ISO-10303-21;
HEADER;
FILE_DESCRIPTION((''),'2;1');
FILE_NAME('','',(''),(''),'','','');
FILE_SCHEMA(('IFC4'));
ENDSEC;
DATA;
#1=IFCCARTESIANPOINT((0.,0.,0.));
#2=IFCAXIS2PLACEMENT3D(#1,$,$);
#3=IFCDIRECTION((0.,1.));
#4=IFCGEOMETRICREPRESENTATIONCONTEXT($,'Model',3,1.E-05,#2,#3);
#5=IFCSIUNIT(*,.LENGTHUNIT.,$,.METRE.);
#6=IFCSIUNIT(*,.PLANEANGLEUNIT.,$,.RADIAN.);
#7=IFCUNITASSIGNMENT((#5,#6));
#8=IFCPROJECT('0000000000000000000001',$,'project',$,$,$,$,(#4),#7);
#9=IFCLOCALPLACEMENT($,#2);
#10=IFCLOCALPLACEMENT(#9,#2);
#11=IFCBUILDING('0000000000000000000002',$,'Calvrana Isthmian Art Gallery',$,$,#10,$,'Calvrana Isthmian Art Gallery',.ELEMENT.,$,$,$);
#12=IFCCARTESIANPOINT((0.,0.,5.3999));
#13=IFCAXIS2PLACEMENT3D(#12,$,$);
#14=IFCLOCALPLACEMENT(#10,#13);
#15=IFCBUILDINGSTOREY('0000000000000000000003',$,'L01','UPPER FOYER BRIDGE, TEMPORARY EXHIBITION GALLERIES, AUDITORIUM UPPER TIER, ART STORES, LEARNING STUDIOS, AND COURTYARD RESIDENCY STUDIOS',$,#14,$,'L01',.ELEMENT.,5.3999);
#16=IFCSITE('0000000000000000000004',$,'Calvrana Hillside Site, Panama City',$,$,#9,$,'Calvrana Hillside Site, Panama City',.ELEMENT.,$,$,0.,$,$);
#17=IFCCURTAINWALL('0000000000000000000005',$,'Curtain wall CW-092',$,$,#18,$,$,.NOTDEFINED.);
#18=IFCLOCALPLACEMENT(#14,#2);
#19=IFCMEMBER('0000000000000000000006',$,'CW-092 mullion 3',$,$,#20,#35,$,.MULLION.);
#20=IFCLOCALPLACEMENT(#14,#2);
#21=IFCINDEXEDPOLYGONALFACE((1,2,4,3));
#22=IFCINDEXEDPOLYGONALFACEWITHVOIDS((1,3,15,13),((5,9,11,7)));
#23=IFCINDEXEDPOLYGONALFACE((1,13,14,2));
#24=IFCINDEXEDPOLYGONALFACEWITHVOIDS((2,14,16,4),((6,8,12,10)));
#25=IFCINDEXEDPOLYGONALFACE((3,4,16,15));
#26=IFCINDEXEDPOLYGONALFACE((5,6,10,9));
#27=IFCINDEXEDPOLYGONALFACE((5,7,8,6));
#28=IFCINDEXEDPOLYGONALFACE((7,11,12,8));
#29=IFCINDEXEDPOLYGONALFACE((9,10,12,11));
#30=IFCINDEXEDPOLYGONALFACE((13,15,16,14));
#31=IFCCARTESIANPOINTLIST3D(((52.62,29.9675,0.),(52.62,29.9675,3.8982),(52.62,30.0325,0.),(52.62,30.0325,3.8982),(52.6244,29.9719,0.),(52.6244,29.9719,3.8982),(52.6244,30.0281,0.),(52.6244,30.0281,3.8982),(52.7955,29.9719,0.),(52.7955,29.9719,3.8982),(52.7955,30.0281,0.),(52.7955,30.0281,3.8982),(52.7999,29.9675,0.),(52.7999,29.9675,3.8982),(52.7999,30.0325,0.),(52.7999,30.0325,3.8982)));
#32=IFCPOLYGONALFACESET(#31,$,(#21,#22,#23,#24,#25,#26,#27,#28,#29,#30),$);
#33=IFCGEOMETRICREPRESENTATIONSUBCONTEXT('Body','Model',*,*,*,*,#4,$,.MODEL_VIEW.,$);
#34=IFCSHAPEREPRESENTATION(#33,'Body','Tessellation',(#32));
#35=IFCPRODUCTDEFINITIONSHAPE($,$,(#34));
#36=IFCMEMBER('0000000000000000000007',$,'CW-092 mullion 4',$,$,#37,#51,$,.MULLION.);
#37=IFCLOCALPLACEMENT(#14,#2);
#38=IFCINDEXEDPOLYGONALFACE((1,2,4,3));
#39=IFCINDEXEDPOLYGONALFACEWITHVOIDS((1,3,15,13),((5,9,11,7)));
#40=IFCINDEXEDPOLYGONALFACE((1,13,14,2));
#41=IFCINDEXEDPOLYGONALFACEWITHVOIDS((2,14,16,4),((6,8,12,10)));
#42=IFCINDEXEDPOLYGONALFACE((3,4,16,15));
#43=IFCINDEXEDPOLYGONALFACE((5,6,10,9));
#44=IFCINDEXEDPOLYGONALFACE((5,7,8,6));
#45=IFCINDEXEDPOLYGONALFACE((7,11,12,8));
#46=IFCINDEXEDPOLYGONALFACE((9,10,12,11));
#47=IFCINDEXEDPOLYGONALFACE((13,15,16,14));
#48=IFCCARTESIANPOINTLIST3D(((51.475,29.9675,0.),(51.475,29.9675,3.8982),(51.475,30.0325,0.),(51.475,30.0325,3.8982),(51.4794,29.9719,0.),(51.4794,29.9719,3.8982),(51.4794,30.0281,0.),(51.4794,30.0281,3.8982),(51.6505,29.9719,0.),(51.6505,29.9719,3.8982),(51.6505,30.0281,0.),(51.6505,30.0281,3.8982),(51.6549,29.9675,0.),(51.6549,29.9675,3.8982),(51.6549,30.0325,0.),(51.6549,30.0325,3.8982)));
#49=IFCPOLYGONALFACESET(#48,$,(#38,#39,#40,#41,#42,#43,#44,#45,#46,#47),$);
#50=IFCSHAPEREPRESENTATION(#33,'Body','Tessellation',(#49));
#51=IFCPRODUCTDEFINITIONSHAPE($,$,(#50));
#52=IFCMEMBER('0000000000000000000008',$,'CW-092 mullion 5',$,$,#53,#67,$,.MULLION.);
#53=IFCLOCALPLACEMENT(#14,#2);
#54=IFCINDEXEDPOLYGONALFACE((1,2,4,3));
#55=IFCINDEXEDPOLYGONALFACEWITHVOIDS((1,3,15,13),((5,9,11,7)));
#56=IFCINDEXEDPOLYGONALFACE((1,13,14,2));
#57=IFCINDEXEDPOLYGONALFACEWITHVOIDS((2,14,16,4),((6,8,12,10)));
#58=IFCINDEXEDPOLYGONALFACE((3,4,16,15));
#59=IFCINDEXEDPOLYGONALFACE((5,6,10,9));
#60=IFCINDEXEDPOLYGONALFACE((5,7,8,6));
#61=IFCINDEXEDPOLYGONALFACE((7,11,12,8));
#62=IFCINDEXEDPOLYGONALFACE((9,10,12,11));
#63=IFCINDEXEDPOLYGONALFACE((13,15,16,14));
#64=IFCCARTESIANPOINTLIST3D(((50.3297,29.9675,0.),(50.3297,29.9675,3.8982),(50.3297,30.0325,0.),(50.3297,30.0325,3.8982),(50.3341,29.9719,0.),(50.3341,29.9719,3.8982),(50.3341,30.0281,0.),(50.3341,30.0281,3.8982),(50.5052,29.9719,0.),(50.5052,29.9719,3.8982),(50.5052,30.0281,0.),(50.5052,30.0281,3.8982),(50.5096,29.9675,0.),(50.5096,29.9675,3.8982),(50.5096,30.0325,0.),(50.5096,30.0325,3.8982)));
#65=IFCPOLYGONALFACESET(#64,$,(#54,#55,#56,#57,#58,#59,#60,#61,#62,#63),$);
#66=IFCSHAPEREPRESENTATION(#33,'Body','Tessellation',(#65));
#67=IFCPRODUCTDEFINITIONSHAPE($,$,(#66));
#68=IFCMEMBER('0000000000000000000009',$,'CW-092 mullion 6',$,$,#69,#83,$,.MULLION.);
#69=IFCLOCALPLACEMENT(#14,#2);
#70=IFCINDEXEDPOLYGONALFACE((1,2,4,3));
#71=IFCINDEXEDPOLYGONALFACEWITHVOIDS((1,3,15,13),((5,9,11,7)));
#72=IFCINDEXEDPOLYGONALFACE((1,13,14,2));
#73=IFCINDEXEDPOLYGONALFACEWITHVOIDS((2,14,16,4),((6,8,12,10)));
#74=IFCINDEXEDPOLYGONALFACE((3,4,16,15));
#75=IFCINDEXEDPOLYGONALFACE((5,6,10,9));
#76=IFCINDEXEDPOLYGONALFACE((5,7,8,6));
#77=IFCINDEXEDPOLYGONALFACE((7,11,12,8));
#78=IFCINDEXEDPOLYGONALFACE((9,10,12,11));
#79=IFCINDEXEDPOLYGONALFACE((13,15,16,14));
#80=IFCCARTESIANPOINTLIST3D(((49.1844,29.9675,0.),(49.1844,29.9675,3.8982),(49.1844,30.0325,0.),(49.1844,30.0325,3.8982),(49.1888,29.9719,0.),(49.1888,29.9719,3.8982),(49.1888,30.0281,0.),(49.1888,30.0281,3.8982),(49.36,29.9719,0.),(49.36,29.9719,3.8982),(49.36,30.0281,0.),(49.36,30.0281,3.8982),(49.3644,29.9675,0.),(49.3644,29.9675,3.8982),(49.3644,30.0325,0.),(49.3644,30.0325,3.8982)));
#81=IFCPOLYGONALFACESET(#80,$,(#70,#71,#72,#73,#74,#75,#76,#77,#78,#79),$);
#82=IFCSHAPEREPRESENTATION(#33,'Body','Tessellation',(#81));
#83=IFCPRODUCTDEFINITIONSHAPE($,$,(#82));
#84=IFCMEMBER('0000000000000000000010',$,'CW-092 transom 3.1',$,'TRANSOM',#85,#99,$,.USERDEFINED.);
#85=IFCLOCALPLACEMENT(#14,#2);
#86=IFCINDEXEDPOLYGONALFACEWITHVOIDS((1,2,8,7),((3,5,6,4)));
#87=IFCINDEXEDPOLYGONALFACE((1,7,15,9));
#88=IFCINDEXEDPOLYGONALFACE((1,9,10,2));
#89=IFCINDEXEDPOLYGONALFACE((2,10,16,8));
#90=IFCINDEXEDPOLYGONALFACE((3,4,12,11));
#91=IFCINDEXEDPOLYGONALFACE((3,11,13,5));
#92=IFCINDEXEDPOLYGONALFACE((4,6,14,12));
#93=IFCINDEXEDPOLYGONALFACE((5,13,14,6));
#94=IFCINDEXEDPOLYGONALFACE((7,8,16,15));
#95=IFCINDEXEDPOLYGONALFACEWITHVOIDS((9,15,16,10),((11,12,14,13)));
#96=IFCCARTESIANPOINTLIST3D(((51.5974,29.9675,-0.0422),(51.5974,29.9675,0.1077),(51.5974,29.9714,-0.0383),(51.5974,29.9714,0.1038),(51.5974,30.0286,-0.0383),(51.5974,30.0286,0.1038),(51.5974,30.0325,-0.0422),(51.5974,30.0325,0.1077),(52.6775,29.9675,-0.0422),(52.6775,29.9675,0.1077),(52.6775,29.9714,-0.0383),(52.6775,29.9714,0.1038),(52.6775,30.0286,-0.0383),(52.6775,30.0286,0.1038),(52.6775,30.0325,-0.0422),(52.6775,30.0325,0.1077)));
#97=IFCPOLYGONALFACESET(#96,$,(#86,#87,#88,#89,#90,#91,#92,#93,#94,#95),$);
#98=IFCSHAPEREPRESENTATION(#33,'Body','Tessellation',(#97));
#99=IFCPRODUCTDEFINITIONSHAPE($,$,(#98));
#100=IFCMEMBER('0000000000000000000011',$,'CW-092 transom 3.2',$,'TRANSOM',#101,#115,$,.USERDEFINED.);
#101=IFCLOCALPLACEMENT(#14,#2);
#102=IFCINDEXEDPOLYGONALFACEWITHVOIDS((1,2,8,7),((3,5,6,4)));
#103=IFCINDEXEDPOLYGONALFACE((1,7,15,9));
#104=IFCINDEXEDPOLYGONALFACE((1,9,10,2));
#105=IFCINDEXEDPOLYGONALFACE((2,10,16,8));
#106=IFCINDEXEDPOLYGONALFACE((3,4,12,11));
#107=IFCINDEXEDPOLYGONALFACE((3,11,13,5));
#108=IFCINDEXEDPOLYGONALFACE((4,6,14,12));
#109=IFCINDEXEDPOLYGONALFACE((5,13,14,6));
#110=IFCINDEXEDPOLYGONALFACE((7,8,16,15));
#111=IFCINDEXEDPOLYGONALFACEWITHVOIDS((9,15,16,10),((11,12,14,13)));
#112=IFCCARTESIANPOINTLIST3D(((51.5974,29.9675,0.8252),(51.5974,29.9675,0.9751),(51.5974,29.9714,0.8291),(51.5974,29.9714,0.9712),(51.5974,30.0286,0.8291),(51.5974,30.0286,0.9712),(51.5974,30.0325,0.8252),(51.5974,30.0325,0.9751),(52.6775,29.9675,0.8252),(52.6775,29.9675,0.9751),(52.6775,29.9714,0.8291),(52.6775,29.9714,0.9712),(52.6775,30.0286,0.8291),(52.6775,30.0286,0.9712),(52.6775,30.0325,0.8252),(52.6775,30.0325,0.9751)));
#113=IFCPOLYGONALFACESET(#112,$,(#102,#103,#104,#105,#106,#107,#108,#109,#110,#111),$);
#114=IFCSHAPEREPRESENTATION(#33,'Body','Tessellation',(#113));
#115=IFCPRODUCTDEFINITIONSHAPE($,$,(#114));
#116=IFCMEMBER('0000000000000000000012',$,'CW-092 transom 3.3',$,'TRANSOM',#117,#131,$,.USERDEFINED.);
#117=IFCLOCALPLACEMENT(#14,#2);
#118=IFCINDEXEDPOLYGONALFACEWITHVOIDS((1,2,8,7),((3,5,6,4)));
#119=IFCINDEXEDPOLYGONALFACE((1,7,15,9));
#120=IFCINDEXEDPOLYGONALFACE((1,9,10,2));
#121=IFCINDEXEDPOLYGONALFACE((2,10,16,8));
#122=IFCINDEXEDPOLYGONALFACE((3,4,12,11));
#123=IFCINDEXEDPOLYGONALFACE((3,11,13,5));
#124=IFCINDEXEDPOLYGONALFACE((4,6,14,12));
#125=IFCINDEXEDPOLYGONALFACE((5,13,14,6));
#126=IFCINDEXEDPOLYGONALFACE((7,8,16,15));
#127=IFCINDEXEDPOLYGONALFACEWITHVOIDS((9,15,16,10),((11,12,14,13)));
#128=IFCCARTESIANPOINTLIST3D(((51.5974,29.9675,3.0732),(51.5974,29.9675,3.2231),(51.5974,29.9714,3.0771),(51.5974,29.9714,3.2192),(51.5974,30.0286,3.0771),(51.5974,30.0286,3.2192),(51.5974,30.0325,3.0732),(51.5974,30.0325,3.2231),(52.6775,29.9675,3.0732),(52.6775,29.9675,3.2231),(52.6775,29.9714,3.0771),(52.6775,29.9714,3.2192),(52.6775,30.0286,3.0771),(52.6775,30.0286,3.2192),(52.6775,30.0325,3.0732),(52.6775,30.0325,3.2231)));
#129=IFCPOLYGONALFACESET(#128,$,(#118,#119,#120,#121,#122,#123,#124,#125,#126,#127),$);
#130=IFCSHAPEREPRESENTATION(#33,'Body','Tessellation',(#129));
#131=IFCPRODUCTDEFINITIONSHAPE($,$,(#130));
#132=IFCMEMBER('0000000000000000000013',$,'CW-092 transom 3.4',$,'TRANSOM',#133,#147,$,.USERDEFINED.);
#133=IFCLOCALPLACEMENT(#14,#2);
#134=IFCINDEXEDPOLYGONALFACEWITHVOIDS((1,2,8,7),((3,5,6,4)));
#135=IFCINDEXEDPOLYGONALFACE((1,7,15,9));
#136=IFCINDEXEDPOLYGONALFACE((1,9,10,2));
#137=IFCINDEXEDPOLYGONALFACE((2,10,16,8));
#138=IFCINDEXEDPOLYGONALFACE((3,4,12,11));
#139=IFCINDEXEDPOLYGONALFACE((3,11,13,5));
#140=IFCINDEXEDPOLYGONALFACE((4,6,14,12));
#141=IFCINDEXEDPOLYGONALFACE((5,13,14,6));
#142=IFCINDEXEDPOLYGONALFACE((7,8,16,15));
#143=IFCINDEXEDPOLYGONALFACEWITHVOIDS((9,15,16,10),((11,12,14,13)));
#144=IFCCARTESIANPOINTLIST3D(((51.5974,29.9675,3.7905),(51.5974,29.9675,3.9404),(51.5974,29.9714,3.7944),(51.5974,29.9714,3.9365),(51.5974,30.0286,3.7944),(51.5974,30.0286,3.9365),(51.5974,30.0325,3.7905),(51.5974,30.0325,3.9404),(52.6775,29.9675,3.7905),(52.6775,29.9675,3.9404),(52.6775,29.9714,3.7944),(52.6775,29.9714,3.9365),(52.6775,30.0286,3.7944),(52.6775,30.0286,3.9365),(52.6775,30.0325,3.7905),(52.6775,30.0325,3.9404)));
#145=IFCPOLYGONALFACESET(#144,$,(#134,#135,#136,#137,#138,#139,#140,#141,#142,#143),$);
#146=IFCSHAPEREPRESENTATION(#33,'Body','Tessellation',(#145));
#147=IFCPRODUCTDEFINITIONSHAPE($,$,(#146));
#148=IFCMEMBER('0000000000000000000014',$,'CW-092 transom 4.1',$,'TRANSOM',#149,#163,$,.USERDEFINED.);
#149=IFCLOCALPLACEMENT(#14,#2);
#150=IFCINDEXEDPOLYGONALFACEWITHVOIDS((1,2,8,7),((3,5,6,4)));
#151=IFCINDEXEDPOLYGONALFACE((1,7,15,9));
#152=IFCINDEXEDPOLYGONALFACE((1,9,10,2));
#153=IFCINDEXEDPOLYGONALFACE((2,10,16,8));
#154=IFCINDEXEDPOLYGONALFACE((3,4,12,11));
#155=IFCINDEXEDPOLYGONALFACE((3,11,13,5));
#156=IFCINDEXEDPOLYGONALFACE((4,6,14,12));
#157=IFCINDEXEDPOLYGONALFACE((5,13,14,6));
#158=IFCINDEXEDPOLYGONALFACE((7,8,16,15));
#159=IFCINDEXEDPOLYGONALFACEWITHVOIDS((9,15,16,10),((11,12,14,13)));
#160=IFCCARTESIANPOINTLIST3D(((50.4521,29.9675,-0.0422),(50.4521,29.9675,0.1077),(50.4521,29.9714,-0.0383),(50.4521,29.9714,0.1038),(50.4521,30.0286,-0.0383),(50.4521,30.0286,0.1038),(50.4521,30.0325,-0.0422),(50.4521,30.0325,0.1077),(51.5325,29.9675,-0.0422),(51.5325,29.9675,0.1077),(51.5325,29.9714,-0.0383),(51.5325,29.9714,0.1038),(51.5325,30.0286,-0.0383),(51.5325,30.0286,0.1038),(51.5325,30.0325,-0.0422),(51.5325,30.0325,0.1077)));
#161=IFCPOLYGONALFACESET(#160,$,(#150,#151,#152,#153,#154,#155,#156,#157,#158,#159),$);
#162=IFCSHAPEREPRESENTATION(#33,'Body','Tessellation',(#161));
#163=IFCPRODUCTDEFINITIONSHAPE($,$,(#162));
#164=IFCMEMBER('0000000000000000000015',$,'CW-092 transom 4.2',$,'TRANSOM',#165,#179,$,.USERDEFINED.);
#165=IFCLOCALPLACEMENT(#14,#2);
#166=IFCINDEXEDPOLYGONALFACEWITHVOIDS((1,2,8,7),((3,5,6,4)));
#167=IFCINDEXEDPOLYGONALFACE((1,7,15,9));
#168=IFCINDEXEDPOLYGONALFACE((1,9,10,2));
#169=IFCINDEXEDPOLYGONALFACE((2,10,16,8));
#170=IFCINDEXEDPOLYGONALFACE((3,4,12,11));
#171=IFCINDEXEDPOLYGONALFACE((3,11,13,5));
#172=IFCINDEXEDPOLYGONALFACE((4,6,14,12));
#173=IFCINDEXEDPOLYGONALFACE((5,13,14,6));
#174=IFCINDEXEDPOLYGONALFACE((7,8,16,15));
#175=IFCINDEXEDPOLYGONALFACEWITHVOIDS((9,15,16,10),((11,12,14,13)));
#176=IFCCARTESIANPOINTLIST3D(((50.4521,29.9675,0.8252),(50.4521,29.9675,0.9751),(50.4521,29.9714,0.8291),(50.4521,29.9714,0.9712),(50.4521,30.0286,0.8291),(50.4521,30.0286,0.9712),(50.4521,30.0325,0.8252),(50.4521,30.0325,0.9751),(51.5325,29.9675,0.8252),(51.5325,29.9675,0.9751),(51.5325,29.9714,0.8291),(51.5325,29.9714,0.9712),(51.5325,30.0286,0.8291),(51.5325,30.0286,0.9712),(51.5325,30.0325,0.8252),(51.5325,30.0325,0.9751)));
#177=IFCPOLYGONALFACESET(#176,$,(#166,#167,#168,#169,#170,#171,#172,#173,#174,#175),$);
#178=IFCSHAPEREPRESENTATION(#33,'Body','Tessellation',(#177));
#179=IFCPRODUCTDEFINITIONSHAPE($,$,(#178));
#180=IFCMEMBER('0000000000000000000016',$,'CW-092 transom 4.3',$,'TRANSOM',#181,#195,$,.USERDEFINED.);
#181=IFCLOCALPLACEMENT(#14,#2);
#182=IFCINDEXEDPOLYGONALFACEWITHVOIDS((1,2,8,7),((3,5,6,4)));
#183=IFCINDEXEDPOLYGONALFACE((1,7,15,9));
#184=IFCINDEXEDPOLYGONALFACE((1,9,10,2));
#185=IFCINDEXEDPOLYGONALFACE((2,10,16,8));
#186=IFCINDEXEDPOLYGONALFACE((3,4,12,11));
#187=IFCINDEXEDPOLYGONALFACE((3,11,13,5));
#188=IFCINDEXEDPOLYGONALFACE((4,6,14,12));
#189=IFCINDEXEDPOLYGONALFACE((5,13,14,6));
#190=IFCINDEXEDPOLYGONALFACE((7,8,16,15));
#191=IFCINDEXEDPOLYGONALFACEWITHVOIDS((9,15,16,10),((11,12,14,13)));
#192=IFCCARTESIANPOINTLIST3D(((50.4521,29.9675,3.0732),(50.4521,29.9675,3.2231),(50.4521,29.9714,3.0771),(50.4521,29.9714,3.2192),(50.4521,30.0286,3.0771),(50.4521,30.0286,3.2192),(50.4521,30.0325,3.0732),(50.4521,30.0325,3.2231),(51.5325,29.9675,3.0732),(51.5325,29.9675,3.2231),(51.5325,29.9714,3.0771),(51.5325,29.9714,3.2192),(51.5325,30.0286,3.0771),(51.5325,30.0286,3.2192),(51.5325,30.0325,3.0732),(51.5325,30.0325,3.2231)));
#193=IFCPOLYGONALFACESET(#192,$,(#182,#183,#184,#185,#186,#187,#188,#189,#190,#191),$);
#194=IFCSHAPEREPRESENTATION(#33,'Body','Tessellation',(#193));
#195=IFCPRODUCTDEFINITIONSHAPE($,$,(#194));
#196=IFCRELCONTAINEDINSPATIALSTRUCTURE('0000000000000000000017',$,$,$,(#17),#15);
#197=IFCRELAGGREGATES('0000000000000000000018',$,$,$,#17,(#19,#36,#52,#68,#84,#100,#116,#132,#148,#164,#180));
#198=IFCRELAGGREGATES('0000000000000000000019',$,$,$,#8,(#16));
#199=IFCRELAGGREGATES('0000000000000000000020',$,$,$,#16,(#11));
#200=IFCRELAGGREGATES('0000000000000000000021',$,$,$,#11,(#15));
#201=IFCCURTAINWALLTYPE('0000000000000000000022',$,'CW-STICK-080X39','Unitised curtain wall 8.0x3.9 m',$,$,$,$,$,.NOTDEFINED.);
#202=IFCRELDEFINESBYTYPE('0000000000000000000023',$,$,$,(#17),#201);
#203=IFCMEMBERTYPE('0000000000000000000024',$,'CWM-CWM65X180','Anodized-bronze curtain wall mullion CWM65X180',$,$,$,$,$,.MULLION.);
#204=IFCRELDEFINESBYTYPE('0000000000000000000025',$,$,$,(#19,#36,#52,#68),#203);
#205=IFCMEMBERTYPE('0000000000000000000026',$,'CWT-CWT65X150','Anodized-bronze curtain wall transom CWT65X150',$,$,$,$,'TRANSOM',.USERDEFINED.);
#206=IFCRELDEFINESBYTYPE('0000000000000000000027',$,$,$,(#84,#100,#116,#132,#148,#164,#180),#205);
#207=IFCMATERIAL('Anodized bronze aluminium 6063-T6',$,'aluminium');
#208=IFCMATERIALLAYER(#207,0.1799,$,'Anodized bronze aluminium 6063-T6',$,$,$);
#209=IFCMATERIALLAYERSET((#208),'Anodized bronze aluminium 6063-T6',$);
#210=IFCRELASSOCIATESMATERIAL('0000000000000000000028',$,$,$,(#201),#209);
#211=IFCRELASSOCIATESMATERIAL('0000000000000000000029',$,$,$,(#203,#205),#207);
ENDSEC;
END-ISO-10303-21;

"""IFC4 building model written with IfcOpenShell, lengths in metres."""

from ifc_helpers import new_model, si_unit, direction, frame, origin, origin_2d, place, context, subcontext, project, spatial, hollow_rectangle, extrude, material, layer, layer_set, material_profile, profile_set, type_object, element, aggregate, save


model = new_model("IFC4")

# Units and contexts
model_context = context("Model", 3, precision=1e-05, world=origin(), true_north=direction((0.0, 1.0)))
body_context = subcontext(model_context, "Body", "Model", "MODEL_VIEW")
ifc_project = project(units=[si_unit("LENGTHUNIT", "METRE"), si_unit("PLANEANGLEUNIT", "RADIAN")], contexts=[model_context])

# Site, building, storey
site_placement = place(None, origin())
site = spatial("IfcSite", under=ifc_project, at=site_placement, Name="Calvrana Hillside Site, Panama City", LongName="Calvrana Hillside Site, Panama City", CompositionType="ELEMENT", RefElevation=0.0)
building_placement = place(site_placement, origin())
building = spatial("IfcBuilding", under=site, at=building_placement, Name="Calvrana Isthmian Art Gallery", LongName="Calvrana Isthmian Art Gallery", CompositionType="ELEMENT")
storey_placement = place(building_placement, frame((0.0, 0.0, 5.3999)))
storey = spatial("IfcBuildingStorey", under=building, at=storey_placement, Name="L01", Description="UPPER FOYER BRIDGE, TEMPORARY EXHIBITION GALLERIES, AUDITORIUM UPPER TIER, ART STORES, LEARNING STUDIOS, AND COURTYARD RESIDENCY STUDIOS", LongName="L01", CompositionType="ELEMENT", Elevation=5.3999)

# Curtain wall, members
ifc_material_1 = material(Name="Anodized bronze aluminium 6063-T6", Category="aluminium")
ifc_layer_1 = layer(ifc_material_1, 0.1799, Name="Anodized bronze aluminium 6063-T6")
ifc_layer_set_1 = layer_set([ifc_layer_1], Name="Anodized bronze aluminium 6063-T6")
curtain_wall_type = type_object("IfcCurtainWallType", Name="CW-STICK-080X39", Description="Unitised curtain wall 8.0x3.9 m", PredefinedType="NOTDEFINED", material=ifc_layer_set_1)
curtain_wall_placement = place(storey_placement, origin())
curtain_wall = element("IfcCurtainWall", 1, at=curtain_wall_placement, inside=storey, type_object=curtain_wall_type, Name="Curtain wall CW-092", PredefinedType="NOTDEFINED")
ifc_material_profile_1 = material_profile(ifc_material_1, hollow_rectangle(XDim=0.0649, YDim=0.1799, WallThickness=0.0044, at=origin_2d()), Name="CWM65X180")
ifc_profile_set_1 = profile_set([ifc_material_profile_1], Name="Anodized bronze aluminium 6063-T6")
member_type_1 = type_object("IfcMemberType", Name="CWM-CWM65X180", Description="Anodized-bronze curtain wall mullion CWM65X180", PredefinedType="MULLION", material=ifc_profile_set_1)
member_1_placement = place(storey_placement, frame((52.71, 30.0, 0.0), z_axis=(0.0, 0.0, 1.0), x_axis=(0.0, -1.0, 0.0)))
member_1 = element("IfcMember", 2, at=member_1_placement, type_object=member_type_1, Name="CW-092 mullion 3", PredefinedType="MULLION", context=body_context, shape_type="SweptSolid", body=[
    extrude(hollow_rectangle(XDim=0.0649, YDim=0.1799, WallThickness=0.0044, at=origin_2d()), origin(), (0.0, 0.0, 1.0), 3.8982),
])
member_2_placement = place(storey_placement, frame((51.5649, 30.0, 0.0), z_axis=(0.0, 0.0, 1.0), x_axis=(0.0, -1.0, 0.0)))
member_2 = element("IfcMember", 3, at=member_2_placement, type_object=member_type_1, Name="CW-092 mullion 4", PredefinedType="MULLION", context=body_context, shape_type="SweptSolid", body=[
    extrude(hollow_rectangle(XDim=0.0649, YDim=0.1799, WallThickness=0.0044, at=origin_2d()), origin(), (0.0, 0.0, 1.0), 3.8982),
])
member_3_placement = place(storey_placement, frame((50.4197, 30.0, 0.0), z_axis=(0.0, 0.0, 1.0), x_axis=(0.0, -1.0, 0.0)))
member_3 = element("IfcMember", 4, at=member_3_placement, type_object=member_type_1, Name="CW-092 mullion 5", PredefinedType="MULLION", context=body_context, shape_type="SweptSolid", body=[
    extrude(hollow_rectangle(XDim=0.0649, YDim=0.1799, WallThickness=0.0044, at=origin_2d()), origin(), (0.0, 0.0, 1.0), 3.8982),
])
member_4_placement = place(storey_placement, frame((49.2744, 30.0, 0.0), z_axis=(0.0, 0.0, 1.0), x_axis=(0.0, -1.0, 0.0)))
member_4 = element("IfcMember", 5, at=member_4_placement, type_object=member_type_1, Name="CW-092 mullion 6", PredefinedType="MULLION", context=body_context, shape_type="SweptSolid", body=[
    extrude(hollow_rectangle(XDim=0.0649, YDim=0.1799, WallThickness=0.0044, at=origin_2d()), origin(), (0.0, 0.0, 1.0), 3.8982),
])
ifc_material_profile_2 = material_profile(ifc_material_1, hollow_rectangle(XDim=0.0649, YDim=0.1499, WallThickness=0.0039, at=origin_2d()), Name="CWT65X150")
ifc_profile_set_2 = profile_set([ifc_material_profile_2], Name="Anodized bronze aluminium 6063-T6")
member_type_2 = type_object("IfcMemberType", Name="CWT-CWT65X150", Description="Anodized-bronze curtain wall transom CWT65X150", ElementType="TRANSOM", PredefinedType="USERDEFINED", material=ifc_profile_set_2)
member_5_placement = place(storey_placement, frame((52.6775, 30.0, 0.0327), z_axis=(-1.0, 0.0, 0.0), x_axis=(0.0, -1.0, 0.0)))
member_5 = element("IfcMember", 6, at=member_5_placement, type_object=member_type_2, Name="CW-092 transom 3.1", ObjectType="TRANSOM", PredefinedType="USERDEFINED", context=body_context, shape_type="SweptSolid", body=[
    extrude(hollow_rectangle(XDim=0.0649, YDim=0.1499, WallThickness=0.0039, at=origin_2d()), origin(), (0.0, 0.0, 1.0), 1.0801),
])
member_6_placement = place(storey_placement, frame((52.6775, 30.0, 0.9001), z_axis=(-1.0, 0.0, 0.0), x_axis=(0.0, -1.0, 0.0)))
member_6 = element("IfcMember", 7, at=member_6_placement, type_object=member_type_2, Name="CW-092 transom 3.2", ObjectType="TRANSOM", PredefinedType="USERDEFINED", context=body_context, shape_type="SweptSolid", body=[
    extrude(hollow_rectangle(XDim=0.0649, YDim=0.1499, WallThickness=0.0039, at=origin_2d()), origin(), (0.0, 0.0, 1.0), 1.0801),
])
member_7_placement = place(storey_placement, frame((52.6775, 30.0, 3.1482), z_axis=(-1.0, 0.0, 0.0), x_axis=(0.0, -1.0, 0.0)))
member_7 = element("IfcMember", 8, at=member_7_placement, type_object=member_type_2, Name="CW-092 transom 3.3", ObjectType="TRANSOM", PredefinedType="USERDEFINED", context=body_context, shape_type="SweptSolid", body=[
    extrude(hollow_rectangle(XDim=0.0649, YDim=0.1499, WallThickness=0.0039, at=origin_2d()), origin(), (0.0, 0.0, 1.0), 1.0801),
])
member_8_placement = place(storey_placement, frame((52.6775, 30.0, 3.8655), z_axis=(-1.0, 0.0, 0.0), x_axis=(0.0, -1.0, 0.0)))
member_8 = element("IfcMember", 9, at=member_8_placement, type_object=member_type_2, Name="CW-092 transom 3.4", ObjectType="TRANSOM", PredefinedType="USERDEFINED", context=body_context, shape_type="SweptSolid", body=[
    extrude(hollow_rectangle(XDim=0.0649, YDim=0.1499, WallThickness=0.0039, at=origin_2d()), origin(), (0.0, 0.0, 1.0), 1.0801),
])
member_9_placement = place(storey_placement, frame((51.5325, 30.0, 0.0327), z_axis=(-1.0, 0.0, 0.0), x_axis=(0.0, -1.0, 0.0)))
member_9 = element("IfcMember", 10, at=member_9_placement, type_object=member_type_2, Name="CW-092 transom 4.1", ObjectType="TRANSOM", PredefinedType="USERDEFINED", context=body_context, shape_type="SweptSolid", body=[
    extrude(hollow_rectangle(XDim=0.0649, YDim=0.1499, WallThickness=0.0039, at=origin_2d()), origin(), (0.0, 0.0, 1.0), 1.0803),
])
member_10_placement = place(storey_placement, frame((51.5325, 30.0, 0.9001), z_axis=(-1.0, 0.0, 0.0), x_axis=(0.0, -1.0, 0.0)))
member_10 = element("IfcMember", 11, at=member_10_placement, type_object=member_type_2, Name="CW-092 transom 4.2", ObjectType="TRANSOM", PredefinedType="USERDEFINED", context=body_context, shape_type="SweptSolid", body=[
    extrude(hollow_rectangle(XDim=0.0649, YDim=0.1499, WallThickness=0.0039, at=origin_2d()), origin(), (0.0, 0.0, 1.0), 1.0803),
])
member_11_placement = place(storey_placement, frame((51.5325, 30.0, 3.1482), z_axis=(-1.0, 0.0, 0.0), x_axis=(0.0, -1.0, 0.0)))
member_11 = element("IfcMember", 12, at=member_11_placement, type_object=member_type_2, Name="CW-092 transom 4.3", ObjectType="TRANSOM", PredefinedType="USERDEFINED", context=body_context, shape_type="SweptSolid", body=[
    extrude(hollow_rectangle(XDim=0.0649, YDim=0.1499, WallThickness=0.0039, at=origin_2d()), origin(), (0.0, 0.0, 1.0), 1.0803),
])
aggregate(curtain_wall, [member_1, member_2, member_3, member_4, member_5, member_6, member_7, member_8, member_9, member_10, member_11])

save(model, "model.ifc")
